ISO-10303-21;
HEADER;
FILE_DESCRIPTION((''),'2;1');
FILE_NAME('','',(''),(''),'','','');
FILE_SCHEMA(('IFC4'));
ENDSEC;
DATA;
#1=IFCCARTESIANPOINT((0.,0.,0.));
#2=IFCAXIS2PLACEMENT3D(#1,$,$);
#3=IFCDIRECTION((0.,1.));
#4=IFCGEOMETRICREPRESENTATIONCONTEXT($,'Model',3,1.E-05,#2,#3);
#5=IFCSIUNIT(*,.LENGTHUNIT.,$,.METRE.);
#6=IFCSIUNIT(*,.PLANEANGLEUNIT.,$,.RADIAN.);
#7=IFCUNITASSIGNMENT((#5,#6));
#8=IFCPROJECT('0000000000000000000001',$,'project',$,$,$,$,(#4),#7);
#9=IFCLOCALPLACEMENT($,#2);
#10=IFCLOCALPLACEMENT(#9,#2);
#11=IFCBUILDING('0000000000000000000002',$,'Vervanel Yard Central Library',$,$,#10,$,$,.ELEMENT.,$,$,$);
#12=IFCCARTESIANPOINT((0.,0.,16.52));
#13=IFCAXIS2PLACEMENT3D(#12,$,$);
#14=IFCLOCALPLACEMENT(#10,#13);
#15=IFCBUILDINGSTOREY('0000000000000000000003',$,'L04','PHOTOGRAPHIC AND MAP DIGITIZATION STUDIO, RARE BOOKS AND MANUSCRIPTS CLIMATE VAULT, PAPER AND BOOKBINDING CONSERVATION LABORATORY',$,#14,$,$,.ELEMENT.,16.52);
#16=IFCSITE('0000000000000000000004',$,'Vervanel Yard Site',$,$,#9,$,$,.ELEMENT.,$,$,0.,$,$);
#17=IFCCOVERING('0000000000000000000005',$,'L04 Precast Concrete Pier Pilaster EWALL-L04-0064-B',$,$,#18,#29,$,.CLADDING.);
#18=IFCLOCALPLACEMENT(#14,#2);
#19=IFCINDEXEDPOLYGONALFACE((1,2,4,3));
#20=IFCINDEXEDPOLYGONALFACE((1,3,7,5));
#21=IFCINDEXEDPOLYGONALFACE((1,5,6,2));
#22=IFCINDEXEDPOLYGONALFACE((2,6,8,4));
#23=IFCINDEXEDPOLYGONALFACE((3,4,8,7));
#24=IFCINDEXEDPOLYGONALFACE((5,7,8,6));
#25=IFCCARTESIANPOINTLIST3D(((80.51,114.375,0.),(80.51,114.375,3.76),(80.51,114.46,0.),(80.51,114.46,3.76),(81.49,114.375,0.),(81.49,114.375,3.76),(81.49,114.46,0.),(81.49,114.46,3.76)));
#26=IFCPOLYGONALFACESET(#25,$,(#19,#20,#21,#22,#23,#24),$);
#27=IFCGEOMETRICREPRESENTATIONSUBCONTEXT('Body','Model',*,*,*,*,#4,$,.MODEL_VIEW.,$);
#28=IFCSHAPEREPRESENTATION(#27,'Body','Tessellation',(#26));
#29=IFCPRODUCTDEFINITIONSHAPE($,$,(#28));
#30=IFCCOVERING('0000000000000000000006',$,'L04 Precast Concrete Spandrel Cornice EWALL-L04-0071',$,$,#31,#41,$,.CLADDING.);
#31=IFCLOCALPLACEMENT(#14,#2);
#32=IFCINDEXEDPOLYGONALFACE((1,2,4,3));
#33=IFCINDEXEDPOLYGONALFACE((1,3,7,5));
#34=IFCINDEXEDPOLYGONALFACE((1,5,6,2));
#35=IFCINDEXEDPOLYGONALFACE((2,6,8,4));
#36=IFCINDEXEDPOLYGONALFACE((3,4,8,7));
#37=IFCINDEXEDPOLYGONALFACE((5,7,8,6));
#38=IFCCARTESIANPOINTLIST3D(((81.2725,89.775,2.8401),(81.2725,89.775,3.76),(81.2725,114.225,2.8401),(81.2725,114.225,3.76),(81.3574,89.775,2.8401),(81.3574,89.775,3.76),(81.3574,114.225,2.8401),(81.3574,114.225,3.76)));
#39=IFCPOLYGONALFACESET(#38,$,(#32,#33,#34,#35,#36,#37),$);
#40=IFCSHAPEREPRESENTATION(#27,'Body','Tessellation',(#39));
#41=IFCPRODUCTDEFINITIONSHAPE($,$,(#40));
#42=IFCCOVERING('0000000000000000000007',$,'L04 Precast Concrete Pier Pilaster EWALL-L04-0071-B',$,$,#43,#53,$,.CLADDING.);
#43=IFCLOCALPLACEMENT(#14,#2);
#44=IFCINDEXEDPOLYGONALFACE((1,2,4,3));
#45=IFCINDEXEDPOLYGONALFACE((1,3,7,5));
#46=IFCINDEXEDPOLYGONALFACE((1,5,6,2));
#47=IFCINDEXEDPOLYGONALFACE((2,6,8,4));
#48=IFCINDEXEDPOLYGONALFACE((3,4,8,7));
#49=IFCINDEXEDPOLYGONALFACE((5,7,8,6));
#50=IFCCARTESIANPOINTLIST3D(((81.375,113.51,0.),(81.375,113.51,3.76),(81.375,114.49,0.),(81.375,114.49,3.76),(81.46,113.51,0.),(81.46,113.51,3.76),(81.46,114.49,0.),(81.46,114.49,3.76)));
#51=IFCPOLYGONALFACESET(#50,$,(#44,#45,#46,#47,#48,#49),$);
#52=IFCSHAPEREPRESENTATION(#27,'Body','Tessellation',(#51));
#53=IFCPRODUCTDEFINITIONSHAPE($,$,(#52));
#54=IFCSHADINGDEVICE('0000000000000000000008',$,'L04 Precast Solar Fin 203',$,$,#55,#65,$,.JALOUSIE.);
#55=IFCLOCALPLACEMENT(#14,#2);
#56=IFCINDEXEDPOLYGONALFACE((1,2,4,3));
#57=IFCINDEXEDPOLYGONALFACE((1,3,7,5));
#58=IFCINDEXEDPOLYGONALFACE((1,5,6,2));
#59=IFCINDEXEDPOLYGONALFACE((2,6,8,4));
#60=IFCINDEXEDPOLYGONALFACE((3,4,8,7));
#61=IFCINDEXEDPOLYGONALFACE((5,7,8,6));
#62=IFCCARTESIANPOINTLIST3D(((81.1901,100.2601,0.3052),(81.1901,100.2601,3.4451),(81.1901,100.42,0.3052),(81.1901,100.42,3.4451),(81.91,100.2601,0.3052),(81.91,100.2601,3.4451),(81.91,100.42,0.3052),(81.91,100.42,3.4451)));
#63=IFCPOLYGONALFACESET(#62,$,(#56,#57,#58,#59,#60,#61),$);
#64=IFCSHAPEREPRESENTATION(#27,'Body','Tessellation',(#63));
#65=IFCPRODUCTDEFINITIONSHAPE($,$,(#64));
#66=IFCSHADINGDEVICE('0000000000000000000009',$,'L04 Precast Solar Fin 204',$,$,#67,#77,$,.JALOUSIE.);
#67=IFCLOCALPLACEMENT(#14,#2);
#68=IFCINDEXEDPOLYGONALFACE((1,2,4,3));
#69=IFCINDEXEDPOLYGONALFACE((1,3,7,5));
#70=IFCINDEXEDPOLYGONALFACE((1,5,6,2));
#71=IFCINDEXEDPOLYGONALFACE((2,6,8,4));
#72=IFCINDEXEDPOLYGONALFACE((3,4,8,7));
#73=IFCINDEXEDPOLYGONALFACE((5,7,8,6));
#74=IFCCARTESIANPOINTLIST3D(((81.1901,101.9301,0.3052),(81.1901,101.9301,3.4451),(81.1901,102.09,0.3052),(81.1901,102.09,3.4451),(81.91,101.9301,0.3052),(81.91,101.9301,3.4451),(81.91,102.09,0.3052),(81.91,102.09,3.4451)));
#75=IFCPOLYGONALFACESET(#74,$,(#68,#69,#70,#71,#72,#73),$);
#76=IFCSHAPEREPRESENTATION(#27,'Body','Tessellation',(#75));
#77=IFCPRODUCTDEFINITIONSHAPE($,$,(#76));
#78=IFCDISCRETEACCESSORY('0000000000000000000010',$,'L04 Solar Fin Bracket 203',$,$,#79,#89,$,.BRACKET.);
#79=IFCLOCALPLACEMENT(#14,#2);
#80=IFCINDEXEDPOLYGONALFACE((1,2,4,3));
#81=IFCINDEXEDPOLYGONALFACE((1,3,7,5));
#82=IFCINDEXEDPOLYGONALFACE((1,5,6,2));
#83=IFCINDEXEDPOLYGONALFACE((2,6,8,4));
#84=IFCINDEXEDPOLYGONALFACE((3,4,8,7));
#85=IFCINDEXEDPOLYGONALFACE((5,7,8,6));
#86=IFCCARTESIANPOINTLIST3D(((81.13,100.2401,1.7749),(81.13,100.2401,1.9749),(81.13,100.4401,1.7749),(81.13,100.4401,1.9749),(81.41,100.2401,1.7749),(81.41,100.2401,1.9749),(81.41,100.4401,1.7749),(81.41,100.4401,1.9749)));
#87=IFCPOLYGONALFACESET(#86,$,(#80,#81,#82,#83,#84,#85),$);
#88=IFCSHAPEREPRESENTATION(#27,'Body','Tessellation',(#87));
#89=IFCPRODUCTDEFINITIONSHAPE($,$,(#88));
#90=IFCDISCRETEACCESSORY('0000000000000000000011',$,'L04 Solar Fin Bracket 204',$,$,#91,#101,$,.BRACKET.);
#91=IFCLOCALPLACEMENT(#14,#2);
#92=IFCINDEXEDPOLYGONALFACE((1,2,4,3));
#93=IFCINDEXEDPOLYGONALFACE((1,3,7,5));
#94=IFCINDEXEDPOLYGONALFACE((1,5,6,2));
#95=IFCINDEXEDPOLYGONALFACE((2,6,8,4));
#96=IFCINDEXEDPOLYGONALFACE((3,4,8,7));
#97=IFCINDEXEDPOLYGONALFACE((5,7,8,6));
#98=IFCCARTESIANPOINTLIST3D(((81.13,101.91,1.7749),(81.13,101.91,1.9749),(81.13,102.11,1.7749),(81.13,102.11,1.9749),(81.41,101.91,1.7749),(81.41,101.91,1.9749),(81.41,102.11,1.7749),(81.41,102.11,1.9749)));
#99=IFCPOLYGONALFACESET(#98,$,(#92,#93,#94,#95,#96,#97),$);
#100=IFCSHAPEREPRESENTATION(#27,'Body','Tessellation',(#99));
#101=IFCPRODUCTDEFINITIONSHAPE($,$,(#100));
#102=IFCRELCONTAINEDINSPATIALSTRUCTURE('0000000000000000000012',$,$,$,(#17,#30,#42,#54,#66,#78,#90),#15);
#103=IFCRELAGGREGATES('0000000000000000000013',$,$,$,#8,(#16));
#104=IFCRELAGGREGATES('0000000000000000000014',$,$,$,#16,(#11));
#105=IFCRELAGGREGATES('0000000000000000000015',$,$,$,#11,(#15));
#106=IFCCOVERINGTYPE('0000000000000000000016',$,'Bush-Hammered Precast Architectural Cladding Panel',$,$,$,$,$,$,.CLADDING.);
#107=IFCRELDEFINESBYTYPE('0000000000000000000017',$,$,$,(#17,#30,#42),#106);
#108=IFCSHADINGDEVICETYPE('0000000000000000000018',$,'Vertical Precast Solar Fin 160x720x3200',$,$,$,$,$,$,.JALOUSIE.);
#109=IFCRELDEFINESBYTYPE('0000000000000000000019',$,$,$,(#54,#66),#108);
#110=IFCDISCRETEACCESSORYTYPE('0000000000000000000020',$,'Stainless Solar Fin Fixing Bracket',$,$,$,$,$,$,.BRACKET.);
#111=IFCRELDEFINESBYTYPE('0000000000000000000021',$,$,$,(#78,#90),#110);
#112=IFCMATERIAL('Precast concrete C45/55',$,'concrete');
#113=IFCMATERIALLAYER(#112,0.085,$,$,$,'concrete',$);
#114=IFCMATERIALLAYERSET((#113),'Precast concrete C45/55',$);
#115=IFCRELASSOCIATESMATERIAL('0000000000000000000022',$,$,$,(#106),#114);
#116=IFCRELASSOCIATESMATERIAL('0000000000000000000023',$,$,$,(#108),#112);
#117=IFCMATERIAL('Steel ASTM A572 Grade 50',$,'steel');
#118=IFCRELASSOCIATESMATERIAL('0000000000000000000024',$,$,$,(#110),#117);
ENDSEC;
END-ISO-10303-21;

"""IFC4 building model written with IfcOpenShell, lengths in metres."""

from ifc_helpers import new_model, si_unit, direction, frame, origin, origin_2d, place, context, subcontext, project, spatial, rectangle, extrude, material, layer, layer_set, type_object, element, save


model = new_model("IFC4")

# Units and contexts
model_context = context("Model", 3, precision=1e-05, world=origin(), true_north=direction((0.0, 1.0)))
body_context = subcontext(model_context, "Body", "Model", "MODEL_VIEW")
ifc_project = project(units=[si_unit("LENGTHUNIT", "METRE"), si_unit("PLANEANGLEUNIT", "RADIAN")], contexts=[model_context])

# Site, building, storey
site_placement = place(None, origin())
site = spatial("IfcSite", under=ifc_project, at=site_placement, Name="Vervanel Yard Site", CompositionType="ELEMENT", RefElevation=0.0)
building_placement = place(site_placement, origin())
building = spatial("IfcBuilding", under=site, at=building_placement, Name="Vervanel Yard Central Library", CompositionType="ELEMENT")
storey_placement = place(building_placement, frame((0.0, 0.0, 16.52)))
storey = spatial("IfcBuildingStorey", under=building, at=storey_placement, Name="L04", Description="PHOTOGRAPHIC AND MAP DIGITIZATION STUDIO, RARE BOOKS AND MANUSCRIPTS CLIMATE VAULT, PAPER AND BOOKBINDING CONSERVATION LABORATORY", CompositionType="ELEMENT", Elevation=16.52)

# Coverings
ifc_material_1 = material(Name="Precast concrete C45/55", Category="concrete")
ifc_layer_1 = layer(ifc_material_1, 0.085, Category="concrete")
ifc_layer_set_1 = layer_set([ifc_layer_1], Name="Precast concrete C45/55")
covering_type = type_object("IfcCoveringType", Name="Bush-Hammered Precast Architectural Cladding Panel", PredefinedType="CLADDING", material=ifc_layer_set_1)
covering_1_placement = place(storey_placement, frame((81.0, 114.4175, 0.0), z_axis=(0.0, 0.0, 1.0), x_axis=(1.0, 0.0, 0.0)))
element("IfcCovering", 1, at=covering_1_placement, inside=storey, type_object=covering_type, Name="L04 Precast Concrete Pier Pilaster EWALL-L04-0064-B", PredefinedType="CLADDING", context=body_context, shape_type="SweptSolid", body=[
    extrude(rectangle(XDim=0.98, YDim=0.085, at=origin_2d()), origin(), (0.0, 0.0, 1.0), 3.76),
])
covering_2_placement = place(storey_placement, frame((81.3149, 102.0, 2.8401), z_axis=(0.0, 0.0, 1.0), x_axis=(0.0, 1.0, 0.0)))
element("IfcCovering", 2, at=covering_2_placement, inside=storey, type_object=covering_type, Name="L04 Precast Concrete Spandrel Cornice EWALL-L04-0071", PredefinedType="CLADDING", context=body_context, shape_type="SweptSolid", body=[
    extrude(rectangle(XDim=24.45, YDim=0.085, at=origin_2d()), origin(), (0.0, 0.0, 1.0), 0.9199),
])
covering_3_placement = place(storey_placement, frame((81.4175, 114.0, 0.0), z_axis=(0.0, 0.0, 1.0), x_axis=(0.0, 1.0, 0.0)))
element("IfcCovering", 3, at=covering_3_placement, inside=storey, type_object=covering_type, Name="L04 Precast Concrete Pier Pilaster EWALL-L04-0071-B", PredefinedType="CLADDING", context=body_context, shape_type="SweptSolid", body=[
    extrude(rectangle(XDim=0.98, YDim=0.085, at=origin_2d()), origin(), (0.0, 0.0, 1.0), 3.76),
])

# Shading devices
shading_device_type = type_object("IfcShadingDeviceType", Name="Vertical Precast Solar Fin 160x720x3200", PredefinedType="JALOUSIE", material=ifc_material_1)
for number, where, z_axis, x_axis, name in (
    (4, (81.55, 100.3401, 0.3052), (0.0, 0.0, 1.0), (0.0, 1.0, 0.0), "L04 Precast Solar Fin 203"),
    (5, (81.55, 102.01, 0.3052), (0.0, 0.0, 1.0), (0.0, 1.0, 0.0), "L04 Precast Solar Fin 204"),
):
    element("IfcShadingDevice", number, at=place(storey_placement, frame(where, z_axis=z_axis, x_axis=x_axis)), inside=storey, type_object=shading_device_type, Name=name, PredefinedType="JALOUSIE", context=body_context, shape_type="SweptSolid", body=[
        extrude(rectangle(XDim=0.1599, YDim=0.72, at=origin_2d()), origin(), (0.0, 0.0, 1.0), 3.1399),
    ])

# Discrete accessories
ifc_material_2 = material(Name="Steel ASTM A572 Grade 50", Category="steel")
discrete_accessory_type = type_object("IfcDiscreteAccessoryType", Name="Stainless Solar Fin Fixing Bracket", PredefinedType="BRACKET", material=ifc_material_2)
for number, where, z_axis, x_axis, name in (
    (6, (81.27, 100.3401, 1.7749), (0.0, 0.0, 1.0), (0.0, 1.0, 0.0), "L04 Solar Fin Bracket 203"),
    (7, (81.27, 102.01, 1.7749), (0.0, 0.0, 1.0), (0.0, 1.0, 0.0), "L04 Solar Fin Bracket 204"),
):
    element("IfcDiscreteAccessory", number, at=place(storey_placement, frame(where, z_axis=z_axis, x_axis=x_axis)), inside=storey, type_object=discrete_accessory_type, Name=name, PredefinedType="BRACKET", context=body_context, shape_type="SweptSolid", body=[
        extrude(rectangle(XDim=0.2, YDim=0.28, at=origin_2d()), origin(), (0.0, 0.0, 1.0), 0.2),
    ])

save(model, "model.ifc")
